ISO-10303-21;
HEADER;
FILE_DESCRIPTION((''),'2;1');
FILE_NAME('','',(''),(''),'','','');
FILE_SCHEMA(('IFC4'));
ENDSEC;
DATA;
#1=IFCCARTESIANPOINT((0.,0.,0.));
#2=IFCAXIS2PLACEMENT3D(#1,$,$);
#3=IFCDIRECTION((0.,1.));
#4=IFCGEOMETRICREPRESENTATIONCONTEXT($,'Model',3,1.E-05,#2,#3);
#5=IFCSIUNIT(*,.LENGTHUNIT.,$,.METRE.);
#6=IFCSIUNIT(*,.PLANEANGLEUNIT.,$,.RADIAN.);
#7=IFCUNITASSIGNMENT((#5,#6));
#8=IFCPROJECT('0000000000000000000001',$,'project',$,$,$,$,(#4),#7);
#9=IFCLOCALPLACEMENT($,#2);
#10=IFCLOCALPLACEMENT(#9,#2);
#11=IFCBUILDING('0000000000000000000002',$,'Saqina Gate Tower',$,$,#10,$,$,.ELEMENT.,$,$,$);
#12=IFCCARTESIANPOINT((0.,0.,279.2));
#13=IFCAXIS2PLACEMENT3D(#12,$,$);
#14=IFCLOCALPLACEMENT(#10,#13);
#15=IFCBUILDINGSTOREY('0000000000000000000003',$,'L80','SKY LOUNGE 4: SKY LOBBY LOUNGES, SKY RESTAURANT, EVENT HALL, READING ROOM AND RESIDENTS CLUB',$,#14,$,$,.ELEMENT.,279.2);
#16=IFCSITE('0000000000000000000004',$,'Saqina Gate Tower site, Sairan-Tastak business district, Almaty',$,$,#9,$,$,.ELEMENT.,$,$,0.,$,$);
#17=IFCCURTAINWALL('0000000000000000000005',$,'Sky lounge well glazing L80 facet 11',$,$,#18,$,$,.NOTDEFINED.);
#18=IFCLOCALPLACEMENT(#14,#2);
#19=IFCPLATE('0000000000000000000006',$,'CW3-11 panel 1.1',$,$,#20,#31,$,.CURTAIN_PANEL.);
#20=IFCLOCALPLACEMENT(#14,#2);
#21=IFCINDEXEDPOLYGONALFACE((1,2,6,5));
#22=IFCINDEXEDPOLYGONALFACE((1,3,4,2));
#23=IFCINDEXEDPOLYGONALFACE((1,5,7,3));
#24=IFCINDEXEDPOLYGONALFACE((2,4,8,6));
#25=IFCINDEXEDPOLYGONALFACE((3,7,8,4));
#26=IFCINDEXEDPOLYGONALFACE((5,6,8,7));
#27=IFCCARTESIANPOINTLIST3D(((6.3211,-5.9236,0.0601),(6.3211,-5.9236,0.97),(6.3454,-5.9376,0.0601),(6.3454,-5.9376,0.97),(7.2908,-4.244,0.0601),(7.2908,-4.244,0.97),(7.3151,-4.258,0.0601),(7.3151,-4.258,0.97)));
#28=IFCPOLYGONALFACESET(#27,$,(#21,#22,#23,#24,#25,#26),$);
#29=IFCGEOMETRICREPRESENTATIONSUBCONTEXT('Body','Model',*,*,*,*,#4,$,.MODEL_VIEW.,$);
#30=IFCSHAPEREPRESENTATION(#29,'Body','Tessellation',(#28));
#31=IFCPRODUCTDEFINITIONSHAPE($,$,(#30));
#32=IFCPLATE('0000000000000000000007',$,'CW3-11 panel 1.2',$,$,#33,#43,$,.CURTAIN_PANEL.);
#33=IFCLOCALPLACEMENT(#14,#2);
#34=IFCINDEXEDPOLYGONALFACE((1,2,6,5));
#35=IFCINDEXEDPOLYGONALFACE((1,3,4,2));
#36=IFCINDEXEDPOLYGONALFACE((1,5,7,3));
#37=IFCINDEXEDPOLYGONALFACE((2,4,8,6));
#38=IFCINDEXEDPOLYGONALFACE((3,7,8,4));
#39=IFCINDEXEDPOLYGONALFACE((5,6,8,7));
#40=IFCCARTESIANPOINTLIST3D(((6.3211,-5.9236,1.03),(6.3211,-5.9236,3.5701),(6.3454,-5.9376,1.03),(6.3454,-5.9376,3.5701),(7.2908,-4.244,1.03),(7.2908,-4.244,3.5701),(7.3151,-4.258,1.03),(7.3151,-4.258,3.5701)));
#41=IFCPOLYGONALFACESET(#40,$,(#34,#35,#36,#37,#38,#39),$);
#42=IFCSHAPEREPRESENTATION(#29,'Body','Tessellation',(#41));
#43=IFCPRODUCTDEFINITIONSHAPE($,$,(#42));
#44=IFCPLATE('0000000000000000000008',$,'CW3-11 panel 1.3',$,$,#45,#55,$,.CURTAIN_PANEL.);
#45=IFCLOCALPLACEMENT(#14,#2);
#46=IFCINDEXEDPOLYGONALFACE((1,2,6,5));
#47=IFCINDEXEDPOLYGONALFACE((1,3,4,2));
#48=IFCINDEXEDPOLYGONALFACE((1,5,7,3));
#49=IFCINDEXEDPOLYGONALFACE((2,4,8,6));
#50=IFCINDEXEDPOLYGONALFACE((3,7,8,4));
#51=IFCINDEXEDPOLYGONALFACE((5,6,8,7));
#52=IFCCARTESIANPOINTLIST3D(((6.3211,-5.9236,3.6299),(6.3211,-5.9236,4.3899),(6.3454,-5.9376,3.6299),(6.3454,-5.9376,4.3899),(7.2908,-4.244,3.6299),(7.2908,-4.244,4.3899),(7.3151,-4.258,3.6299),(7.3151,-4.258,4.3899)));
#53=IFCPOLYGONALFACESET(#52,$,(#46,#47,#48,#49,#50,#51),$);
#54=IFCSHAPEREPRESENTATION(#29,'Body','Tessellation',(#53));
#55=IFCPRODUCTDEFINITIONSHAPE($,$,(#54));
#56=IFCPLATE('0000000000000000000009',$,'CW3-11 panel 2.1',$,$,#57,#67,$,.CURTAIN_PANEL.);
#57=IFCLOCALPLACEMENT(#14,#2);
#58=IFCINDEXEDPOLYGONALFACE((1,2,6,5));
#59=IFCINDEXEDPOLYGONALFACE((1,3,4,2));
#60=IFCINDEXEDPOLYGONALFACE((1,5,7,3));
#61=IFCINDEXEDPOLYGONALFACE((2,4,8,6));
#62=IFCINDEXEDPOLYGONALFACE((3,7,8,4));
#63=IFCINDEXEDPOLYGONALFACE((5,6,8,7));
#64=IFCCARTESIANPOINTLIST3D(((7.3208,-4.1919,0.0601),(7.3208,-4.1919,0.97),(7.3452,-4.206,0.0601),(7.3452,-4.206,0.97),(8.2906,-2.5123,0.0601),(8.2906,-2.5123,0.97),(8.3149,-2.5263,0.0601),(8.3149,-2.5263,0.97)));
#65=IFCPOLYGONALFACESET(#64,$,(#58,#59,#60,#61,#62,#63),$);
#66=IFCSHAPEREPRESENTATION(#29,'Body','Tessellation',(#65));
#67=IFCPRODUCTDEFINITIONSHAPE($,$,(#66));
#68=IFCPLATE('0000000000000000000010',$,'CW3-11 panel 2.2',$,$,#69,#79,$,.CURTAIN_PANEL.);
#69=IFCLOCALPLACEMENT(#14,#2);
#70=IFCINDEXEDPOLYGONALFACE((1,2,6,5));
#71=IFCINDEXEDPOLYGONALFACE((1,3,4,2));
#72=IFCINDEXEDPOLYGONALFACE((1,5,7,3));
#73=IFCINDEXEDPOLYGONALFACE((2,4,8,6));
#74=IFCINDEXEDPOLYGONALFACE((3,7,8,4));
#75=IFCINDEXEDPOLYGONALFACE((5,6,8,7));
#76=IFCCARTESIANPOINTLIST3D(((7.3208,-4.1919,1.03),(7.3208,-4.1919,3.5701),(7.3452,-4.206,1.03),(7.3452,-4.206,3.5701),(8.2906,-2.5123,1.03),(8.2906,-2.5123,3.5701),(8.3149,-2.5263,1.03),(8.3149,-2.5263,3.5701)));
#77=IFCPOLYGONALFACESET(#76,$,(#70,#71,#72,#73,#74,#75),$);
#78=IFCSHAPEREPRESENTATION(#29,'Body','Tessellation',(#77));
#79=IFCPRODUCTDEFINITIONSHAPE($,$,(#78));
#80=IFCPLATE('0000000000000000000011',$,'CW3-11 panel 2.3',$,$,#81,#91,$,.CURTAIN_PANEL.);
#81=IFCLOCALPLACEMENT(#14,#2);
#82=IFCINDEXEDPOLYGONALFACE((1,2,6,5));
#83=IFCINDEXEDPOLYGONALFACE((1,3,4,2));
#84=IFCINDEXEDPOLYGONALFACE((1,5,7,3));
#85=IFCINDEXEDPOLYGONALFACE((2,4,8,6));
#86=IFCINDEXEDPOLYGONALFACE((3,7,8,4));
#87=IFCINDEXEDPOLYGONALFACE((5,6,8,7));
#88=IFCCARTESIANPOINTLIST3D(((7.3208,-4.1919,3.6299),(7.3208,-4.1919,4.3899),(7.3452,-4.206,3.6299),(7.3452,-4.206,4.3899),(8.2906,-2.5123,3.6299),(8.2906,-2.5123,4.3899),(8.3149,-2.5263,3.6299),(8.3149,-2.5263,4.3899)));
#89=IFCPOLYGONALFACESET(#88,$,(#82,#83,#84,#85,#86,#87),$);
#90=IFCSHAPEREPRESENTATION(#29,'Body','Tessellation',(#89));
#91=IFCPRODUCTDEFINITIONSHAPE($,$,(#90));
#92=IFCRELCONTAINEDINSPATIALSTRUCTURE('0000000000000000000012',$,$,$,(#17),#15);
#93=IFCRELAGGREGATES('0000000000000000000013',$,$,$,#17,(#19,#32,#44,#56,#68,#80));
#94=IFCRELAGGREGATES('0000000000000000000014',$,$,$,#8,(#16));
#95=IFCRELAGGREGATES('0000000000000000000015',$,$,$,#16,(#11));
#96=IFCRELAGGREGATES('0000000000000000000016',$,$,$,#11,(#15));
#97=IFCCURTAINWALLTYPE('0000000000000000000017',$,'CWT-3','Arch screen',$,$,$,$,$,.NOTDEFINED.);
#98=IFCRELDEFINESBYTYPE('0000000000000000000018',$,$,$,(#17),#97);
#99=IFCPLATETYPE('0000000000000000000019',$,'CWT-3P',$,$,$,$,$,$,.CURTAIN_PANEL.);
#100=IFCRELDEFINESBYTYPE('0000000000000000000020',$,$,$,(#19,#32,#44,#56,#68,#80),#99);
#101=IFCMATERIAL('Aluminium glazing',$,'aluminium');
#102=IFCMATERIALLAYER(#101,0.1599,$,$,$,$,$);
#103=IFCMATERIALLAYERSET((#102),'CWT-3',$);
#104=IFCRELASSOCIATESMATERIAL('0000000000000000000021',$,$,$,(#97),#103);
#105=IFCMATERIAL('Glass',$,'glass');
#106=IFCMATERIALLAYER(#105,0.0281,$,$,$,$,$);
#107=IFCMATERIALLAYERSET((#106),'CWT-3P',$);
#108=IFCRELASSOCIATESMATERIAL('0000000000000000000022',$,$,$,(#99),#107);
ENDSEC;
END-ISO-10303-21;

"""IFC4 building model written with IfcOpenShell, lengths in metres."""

from ifc_helpers import new_model, si_unit, direction, frame, origin, origin_2d, place, context, subcontext, project, spatial, rectangle, extrude, material, layer, layer_set, type_object, element, aggregate, save


model = new_model("IFC4")

# Units and contexts
model_context = context("Model", 3, precision=1e-05, world=origin(), true_north=direction((0.0, 1.0)))
body_context = subcontext(model_context, "Body", "Model", "MODEL_VIEW")
ifc_project = project(units=[si_unit("LENGTHUNIT", "METRE"), si_unit("PLANEANGLEUNIT", "RADIAN")], contexts=[model_context])

# Site, building, storey
site_placement = place(None, origin())
site = spatial("IfcSite", under=ifc_project, at=site_placement, Name="Saqina Gate Tower site, Sairan-Tastak business district, Almaty", CompositionType="ELEMENT", RefElevation=0.0)
building_placement = place(site_placement, origin())
building = spatial("IfcBuilding", under=site, at=building_placement, Name="Saqina Gate Tower", CompositionType="ELEMENT")
storey_placement = place(building_placement, frame((0.0, 0.0, 279.2)))
storey = spatial("IfcBuildingStorey", under=building, at=storey_placement, Name="L80", Description="SKY LOUNGE 4: SKY LOBBY LOUNGES, SKY RESTAURANT, EVENT HALL, READING ROOM AND RESIDENTS CLUB", CompositionType="ELEMENT", Elevation=279.2)

# Shared definitions
ifc_material_1 = material(Name="Aluminium glazing", Category="aluminium")
ifc_layer_1 = layer(ifc_material_1, 0.1599)
ifc_layer_set_1 = layer_set([ifc_layer_1], Name="CWT-3")
curtain_wall_type = type_object("IfcCurtainWallType", Name="CWT-3", Description="Arch screen", PredefinedType="NOTDEFINED", material=ifc_layer_set_1)

# Curtain wall
curtain_wall_1_placement = place(storey_placement, origin())
curtain_wall_1 = element("IfcCurtainWall", 1, at=curtain_wall_1_placement, inside=storey, type_object=curtain_wall_type, Name="Sky lounge well glazing L80 facet 11", PredefinedType="NOTDEFINED")

# Plates
ifc_material_2 = material(Name="Glass", Category="glass")
ifc_layer_2 = layer(ifc_material_2, 0.0281)
ifc_layer_set_2 = layer_set([ifc_layer_2], Name="CWT-3P")
plate_type = type_object("IfcPlateType", Name="CWT-3P", PredefinedType="CURTAIN_PANEL", material=ifc_layer_set_2)
plate_1_placement = place(storey_placement, frame((6.8181, -5.0908, 0.0601), z_axis=(0.0, 0.0, 1.0), x_axis=(0.500003, 0.866024, 0.0)))
plate_1 = element("IfcPlate", 2, at=plate_1_placement, type_object=plate_type, Name="CW3-11 panel 1.1", PredefinedType="CURTAIN_PANEL", context=body_context, shape_type="SweptSolid", body=[
    extrude(rectangle(XDim=1.9395, YDim=0.0281, at=origin_2d()), origin(), (0.0, 0.0, 1.0), 0.9099),
])
plate_2_placement = place(storey_placement, frame((6.8181, -5.0908, 1.03), z_axis=(0.0, 0.0, 1.0), x_axis=(0.500003, 0.866024, 0.0)))
plate_2 = element("IfcPlate", 3, at=plate_2_placement, type_object=plate_type, Name="CW3-11 panel 1.2", PredefinedType="CURTAIN_PANEL", context=body_context, shape_type="SweptSolid", body=[
    extrude(rectangle(XDim=1.9395, YDim=0.0281, at=origin_2d()), origin(), (0.0, 0.0, 1.0), 2.54),
])
plate_3_placement = place(storey_placement, frame((6.8181, -5.0908, 3.6299), z_axis=(0.0, 0.0, 1.0), x_axis=(0.500003, 0.866024, 0.0)))
plate_3 = element("IfcPlate", 4, at=plate_3_placement, type_object=plate_type, Name="CW3-11 panel 1.3", PredefinedType="CURTAIN_PANEL", context=body_context, shape_type="SweptSolid", body=[
    extrude(rectangle(XDim=1.9395, YDim=0.0281, at=origin_2d()), origin(), (0.0, 0.0, 1.0), 0.76),
])
plate_4_placement = place(storey_placement, frame((7.8179, -3.3591, 0.0601), z_axis=(0.0, 0.0, 1.0), x_axis=(0.500003, 0.866024, 0.0)))
plate_4 = element("IfcPlate", 5, at=plate_4_placement, type_object=plate_type, Name="CW3-11 panel 2.1", PredefinedType="CURTAIN_PANEL", context=body_context, shape_type="SweptSolid", body=[
    extrude(rectangle(XDim=1.9395, YDim=0.0281, at=origin_2d()), origin(), (0.0, 0.0, 1.0), 0.9099),
])
plate_5_placement = place(storey_placement, frame((7.8179, -3.3591, 1.03), z_axis=(0.0, 0.0, 1.0), x_axis=(0.500003, 0.866024, 0.0)))
plate_5 = element("IfcPlate", 6, at=plate_5_placement, type_object=plate_type, Name="CW3-11 panel 2.2", PredefinedType="CURTAIN_PANEL", context=body_context, shape_type="SweptSolid", body=[
    extrude(rectangle(XDim=1.9395, YDim=0.0281, at=origin_2d()), origin(), (0.0, 0.0, 1.0), 2.54),
])
plate_6_placement = place(storey_placement, frame((7.8179, -3.3591, 3.6299), z_axis=(0.0, 0.0, 1.0), x_axis=(0.500003, 0.866024, 0.0)))
plate_6 = element("IfcPlate", 7, at=plate_6_placement, type_object=plate_type, Name="CW3-11 panel 2.3", PredefinedType="CURTAIN_PANEL", context=body_context, shape_type="SweptSolid", body=[
    extrude(rectangle(XDim=1.9395, YDim=0.0281, at=origin_2d()), origin(), (0.0, 0.0, 1.0), 0.76),
])
aggregate(curtain_wall_1, [plate_1, plate_2, plate_3, plate_4, plate_5, plate_6])

save(model, "model.ifc")
